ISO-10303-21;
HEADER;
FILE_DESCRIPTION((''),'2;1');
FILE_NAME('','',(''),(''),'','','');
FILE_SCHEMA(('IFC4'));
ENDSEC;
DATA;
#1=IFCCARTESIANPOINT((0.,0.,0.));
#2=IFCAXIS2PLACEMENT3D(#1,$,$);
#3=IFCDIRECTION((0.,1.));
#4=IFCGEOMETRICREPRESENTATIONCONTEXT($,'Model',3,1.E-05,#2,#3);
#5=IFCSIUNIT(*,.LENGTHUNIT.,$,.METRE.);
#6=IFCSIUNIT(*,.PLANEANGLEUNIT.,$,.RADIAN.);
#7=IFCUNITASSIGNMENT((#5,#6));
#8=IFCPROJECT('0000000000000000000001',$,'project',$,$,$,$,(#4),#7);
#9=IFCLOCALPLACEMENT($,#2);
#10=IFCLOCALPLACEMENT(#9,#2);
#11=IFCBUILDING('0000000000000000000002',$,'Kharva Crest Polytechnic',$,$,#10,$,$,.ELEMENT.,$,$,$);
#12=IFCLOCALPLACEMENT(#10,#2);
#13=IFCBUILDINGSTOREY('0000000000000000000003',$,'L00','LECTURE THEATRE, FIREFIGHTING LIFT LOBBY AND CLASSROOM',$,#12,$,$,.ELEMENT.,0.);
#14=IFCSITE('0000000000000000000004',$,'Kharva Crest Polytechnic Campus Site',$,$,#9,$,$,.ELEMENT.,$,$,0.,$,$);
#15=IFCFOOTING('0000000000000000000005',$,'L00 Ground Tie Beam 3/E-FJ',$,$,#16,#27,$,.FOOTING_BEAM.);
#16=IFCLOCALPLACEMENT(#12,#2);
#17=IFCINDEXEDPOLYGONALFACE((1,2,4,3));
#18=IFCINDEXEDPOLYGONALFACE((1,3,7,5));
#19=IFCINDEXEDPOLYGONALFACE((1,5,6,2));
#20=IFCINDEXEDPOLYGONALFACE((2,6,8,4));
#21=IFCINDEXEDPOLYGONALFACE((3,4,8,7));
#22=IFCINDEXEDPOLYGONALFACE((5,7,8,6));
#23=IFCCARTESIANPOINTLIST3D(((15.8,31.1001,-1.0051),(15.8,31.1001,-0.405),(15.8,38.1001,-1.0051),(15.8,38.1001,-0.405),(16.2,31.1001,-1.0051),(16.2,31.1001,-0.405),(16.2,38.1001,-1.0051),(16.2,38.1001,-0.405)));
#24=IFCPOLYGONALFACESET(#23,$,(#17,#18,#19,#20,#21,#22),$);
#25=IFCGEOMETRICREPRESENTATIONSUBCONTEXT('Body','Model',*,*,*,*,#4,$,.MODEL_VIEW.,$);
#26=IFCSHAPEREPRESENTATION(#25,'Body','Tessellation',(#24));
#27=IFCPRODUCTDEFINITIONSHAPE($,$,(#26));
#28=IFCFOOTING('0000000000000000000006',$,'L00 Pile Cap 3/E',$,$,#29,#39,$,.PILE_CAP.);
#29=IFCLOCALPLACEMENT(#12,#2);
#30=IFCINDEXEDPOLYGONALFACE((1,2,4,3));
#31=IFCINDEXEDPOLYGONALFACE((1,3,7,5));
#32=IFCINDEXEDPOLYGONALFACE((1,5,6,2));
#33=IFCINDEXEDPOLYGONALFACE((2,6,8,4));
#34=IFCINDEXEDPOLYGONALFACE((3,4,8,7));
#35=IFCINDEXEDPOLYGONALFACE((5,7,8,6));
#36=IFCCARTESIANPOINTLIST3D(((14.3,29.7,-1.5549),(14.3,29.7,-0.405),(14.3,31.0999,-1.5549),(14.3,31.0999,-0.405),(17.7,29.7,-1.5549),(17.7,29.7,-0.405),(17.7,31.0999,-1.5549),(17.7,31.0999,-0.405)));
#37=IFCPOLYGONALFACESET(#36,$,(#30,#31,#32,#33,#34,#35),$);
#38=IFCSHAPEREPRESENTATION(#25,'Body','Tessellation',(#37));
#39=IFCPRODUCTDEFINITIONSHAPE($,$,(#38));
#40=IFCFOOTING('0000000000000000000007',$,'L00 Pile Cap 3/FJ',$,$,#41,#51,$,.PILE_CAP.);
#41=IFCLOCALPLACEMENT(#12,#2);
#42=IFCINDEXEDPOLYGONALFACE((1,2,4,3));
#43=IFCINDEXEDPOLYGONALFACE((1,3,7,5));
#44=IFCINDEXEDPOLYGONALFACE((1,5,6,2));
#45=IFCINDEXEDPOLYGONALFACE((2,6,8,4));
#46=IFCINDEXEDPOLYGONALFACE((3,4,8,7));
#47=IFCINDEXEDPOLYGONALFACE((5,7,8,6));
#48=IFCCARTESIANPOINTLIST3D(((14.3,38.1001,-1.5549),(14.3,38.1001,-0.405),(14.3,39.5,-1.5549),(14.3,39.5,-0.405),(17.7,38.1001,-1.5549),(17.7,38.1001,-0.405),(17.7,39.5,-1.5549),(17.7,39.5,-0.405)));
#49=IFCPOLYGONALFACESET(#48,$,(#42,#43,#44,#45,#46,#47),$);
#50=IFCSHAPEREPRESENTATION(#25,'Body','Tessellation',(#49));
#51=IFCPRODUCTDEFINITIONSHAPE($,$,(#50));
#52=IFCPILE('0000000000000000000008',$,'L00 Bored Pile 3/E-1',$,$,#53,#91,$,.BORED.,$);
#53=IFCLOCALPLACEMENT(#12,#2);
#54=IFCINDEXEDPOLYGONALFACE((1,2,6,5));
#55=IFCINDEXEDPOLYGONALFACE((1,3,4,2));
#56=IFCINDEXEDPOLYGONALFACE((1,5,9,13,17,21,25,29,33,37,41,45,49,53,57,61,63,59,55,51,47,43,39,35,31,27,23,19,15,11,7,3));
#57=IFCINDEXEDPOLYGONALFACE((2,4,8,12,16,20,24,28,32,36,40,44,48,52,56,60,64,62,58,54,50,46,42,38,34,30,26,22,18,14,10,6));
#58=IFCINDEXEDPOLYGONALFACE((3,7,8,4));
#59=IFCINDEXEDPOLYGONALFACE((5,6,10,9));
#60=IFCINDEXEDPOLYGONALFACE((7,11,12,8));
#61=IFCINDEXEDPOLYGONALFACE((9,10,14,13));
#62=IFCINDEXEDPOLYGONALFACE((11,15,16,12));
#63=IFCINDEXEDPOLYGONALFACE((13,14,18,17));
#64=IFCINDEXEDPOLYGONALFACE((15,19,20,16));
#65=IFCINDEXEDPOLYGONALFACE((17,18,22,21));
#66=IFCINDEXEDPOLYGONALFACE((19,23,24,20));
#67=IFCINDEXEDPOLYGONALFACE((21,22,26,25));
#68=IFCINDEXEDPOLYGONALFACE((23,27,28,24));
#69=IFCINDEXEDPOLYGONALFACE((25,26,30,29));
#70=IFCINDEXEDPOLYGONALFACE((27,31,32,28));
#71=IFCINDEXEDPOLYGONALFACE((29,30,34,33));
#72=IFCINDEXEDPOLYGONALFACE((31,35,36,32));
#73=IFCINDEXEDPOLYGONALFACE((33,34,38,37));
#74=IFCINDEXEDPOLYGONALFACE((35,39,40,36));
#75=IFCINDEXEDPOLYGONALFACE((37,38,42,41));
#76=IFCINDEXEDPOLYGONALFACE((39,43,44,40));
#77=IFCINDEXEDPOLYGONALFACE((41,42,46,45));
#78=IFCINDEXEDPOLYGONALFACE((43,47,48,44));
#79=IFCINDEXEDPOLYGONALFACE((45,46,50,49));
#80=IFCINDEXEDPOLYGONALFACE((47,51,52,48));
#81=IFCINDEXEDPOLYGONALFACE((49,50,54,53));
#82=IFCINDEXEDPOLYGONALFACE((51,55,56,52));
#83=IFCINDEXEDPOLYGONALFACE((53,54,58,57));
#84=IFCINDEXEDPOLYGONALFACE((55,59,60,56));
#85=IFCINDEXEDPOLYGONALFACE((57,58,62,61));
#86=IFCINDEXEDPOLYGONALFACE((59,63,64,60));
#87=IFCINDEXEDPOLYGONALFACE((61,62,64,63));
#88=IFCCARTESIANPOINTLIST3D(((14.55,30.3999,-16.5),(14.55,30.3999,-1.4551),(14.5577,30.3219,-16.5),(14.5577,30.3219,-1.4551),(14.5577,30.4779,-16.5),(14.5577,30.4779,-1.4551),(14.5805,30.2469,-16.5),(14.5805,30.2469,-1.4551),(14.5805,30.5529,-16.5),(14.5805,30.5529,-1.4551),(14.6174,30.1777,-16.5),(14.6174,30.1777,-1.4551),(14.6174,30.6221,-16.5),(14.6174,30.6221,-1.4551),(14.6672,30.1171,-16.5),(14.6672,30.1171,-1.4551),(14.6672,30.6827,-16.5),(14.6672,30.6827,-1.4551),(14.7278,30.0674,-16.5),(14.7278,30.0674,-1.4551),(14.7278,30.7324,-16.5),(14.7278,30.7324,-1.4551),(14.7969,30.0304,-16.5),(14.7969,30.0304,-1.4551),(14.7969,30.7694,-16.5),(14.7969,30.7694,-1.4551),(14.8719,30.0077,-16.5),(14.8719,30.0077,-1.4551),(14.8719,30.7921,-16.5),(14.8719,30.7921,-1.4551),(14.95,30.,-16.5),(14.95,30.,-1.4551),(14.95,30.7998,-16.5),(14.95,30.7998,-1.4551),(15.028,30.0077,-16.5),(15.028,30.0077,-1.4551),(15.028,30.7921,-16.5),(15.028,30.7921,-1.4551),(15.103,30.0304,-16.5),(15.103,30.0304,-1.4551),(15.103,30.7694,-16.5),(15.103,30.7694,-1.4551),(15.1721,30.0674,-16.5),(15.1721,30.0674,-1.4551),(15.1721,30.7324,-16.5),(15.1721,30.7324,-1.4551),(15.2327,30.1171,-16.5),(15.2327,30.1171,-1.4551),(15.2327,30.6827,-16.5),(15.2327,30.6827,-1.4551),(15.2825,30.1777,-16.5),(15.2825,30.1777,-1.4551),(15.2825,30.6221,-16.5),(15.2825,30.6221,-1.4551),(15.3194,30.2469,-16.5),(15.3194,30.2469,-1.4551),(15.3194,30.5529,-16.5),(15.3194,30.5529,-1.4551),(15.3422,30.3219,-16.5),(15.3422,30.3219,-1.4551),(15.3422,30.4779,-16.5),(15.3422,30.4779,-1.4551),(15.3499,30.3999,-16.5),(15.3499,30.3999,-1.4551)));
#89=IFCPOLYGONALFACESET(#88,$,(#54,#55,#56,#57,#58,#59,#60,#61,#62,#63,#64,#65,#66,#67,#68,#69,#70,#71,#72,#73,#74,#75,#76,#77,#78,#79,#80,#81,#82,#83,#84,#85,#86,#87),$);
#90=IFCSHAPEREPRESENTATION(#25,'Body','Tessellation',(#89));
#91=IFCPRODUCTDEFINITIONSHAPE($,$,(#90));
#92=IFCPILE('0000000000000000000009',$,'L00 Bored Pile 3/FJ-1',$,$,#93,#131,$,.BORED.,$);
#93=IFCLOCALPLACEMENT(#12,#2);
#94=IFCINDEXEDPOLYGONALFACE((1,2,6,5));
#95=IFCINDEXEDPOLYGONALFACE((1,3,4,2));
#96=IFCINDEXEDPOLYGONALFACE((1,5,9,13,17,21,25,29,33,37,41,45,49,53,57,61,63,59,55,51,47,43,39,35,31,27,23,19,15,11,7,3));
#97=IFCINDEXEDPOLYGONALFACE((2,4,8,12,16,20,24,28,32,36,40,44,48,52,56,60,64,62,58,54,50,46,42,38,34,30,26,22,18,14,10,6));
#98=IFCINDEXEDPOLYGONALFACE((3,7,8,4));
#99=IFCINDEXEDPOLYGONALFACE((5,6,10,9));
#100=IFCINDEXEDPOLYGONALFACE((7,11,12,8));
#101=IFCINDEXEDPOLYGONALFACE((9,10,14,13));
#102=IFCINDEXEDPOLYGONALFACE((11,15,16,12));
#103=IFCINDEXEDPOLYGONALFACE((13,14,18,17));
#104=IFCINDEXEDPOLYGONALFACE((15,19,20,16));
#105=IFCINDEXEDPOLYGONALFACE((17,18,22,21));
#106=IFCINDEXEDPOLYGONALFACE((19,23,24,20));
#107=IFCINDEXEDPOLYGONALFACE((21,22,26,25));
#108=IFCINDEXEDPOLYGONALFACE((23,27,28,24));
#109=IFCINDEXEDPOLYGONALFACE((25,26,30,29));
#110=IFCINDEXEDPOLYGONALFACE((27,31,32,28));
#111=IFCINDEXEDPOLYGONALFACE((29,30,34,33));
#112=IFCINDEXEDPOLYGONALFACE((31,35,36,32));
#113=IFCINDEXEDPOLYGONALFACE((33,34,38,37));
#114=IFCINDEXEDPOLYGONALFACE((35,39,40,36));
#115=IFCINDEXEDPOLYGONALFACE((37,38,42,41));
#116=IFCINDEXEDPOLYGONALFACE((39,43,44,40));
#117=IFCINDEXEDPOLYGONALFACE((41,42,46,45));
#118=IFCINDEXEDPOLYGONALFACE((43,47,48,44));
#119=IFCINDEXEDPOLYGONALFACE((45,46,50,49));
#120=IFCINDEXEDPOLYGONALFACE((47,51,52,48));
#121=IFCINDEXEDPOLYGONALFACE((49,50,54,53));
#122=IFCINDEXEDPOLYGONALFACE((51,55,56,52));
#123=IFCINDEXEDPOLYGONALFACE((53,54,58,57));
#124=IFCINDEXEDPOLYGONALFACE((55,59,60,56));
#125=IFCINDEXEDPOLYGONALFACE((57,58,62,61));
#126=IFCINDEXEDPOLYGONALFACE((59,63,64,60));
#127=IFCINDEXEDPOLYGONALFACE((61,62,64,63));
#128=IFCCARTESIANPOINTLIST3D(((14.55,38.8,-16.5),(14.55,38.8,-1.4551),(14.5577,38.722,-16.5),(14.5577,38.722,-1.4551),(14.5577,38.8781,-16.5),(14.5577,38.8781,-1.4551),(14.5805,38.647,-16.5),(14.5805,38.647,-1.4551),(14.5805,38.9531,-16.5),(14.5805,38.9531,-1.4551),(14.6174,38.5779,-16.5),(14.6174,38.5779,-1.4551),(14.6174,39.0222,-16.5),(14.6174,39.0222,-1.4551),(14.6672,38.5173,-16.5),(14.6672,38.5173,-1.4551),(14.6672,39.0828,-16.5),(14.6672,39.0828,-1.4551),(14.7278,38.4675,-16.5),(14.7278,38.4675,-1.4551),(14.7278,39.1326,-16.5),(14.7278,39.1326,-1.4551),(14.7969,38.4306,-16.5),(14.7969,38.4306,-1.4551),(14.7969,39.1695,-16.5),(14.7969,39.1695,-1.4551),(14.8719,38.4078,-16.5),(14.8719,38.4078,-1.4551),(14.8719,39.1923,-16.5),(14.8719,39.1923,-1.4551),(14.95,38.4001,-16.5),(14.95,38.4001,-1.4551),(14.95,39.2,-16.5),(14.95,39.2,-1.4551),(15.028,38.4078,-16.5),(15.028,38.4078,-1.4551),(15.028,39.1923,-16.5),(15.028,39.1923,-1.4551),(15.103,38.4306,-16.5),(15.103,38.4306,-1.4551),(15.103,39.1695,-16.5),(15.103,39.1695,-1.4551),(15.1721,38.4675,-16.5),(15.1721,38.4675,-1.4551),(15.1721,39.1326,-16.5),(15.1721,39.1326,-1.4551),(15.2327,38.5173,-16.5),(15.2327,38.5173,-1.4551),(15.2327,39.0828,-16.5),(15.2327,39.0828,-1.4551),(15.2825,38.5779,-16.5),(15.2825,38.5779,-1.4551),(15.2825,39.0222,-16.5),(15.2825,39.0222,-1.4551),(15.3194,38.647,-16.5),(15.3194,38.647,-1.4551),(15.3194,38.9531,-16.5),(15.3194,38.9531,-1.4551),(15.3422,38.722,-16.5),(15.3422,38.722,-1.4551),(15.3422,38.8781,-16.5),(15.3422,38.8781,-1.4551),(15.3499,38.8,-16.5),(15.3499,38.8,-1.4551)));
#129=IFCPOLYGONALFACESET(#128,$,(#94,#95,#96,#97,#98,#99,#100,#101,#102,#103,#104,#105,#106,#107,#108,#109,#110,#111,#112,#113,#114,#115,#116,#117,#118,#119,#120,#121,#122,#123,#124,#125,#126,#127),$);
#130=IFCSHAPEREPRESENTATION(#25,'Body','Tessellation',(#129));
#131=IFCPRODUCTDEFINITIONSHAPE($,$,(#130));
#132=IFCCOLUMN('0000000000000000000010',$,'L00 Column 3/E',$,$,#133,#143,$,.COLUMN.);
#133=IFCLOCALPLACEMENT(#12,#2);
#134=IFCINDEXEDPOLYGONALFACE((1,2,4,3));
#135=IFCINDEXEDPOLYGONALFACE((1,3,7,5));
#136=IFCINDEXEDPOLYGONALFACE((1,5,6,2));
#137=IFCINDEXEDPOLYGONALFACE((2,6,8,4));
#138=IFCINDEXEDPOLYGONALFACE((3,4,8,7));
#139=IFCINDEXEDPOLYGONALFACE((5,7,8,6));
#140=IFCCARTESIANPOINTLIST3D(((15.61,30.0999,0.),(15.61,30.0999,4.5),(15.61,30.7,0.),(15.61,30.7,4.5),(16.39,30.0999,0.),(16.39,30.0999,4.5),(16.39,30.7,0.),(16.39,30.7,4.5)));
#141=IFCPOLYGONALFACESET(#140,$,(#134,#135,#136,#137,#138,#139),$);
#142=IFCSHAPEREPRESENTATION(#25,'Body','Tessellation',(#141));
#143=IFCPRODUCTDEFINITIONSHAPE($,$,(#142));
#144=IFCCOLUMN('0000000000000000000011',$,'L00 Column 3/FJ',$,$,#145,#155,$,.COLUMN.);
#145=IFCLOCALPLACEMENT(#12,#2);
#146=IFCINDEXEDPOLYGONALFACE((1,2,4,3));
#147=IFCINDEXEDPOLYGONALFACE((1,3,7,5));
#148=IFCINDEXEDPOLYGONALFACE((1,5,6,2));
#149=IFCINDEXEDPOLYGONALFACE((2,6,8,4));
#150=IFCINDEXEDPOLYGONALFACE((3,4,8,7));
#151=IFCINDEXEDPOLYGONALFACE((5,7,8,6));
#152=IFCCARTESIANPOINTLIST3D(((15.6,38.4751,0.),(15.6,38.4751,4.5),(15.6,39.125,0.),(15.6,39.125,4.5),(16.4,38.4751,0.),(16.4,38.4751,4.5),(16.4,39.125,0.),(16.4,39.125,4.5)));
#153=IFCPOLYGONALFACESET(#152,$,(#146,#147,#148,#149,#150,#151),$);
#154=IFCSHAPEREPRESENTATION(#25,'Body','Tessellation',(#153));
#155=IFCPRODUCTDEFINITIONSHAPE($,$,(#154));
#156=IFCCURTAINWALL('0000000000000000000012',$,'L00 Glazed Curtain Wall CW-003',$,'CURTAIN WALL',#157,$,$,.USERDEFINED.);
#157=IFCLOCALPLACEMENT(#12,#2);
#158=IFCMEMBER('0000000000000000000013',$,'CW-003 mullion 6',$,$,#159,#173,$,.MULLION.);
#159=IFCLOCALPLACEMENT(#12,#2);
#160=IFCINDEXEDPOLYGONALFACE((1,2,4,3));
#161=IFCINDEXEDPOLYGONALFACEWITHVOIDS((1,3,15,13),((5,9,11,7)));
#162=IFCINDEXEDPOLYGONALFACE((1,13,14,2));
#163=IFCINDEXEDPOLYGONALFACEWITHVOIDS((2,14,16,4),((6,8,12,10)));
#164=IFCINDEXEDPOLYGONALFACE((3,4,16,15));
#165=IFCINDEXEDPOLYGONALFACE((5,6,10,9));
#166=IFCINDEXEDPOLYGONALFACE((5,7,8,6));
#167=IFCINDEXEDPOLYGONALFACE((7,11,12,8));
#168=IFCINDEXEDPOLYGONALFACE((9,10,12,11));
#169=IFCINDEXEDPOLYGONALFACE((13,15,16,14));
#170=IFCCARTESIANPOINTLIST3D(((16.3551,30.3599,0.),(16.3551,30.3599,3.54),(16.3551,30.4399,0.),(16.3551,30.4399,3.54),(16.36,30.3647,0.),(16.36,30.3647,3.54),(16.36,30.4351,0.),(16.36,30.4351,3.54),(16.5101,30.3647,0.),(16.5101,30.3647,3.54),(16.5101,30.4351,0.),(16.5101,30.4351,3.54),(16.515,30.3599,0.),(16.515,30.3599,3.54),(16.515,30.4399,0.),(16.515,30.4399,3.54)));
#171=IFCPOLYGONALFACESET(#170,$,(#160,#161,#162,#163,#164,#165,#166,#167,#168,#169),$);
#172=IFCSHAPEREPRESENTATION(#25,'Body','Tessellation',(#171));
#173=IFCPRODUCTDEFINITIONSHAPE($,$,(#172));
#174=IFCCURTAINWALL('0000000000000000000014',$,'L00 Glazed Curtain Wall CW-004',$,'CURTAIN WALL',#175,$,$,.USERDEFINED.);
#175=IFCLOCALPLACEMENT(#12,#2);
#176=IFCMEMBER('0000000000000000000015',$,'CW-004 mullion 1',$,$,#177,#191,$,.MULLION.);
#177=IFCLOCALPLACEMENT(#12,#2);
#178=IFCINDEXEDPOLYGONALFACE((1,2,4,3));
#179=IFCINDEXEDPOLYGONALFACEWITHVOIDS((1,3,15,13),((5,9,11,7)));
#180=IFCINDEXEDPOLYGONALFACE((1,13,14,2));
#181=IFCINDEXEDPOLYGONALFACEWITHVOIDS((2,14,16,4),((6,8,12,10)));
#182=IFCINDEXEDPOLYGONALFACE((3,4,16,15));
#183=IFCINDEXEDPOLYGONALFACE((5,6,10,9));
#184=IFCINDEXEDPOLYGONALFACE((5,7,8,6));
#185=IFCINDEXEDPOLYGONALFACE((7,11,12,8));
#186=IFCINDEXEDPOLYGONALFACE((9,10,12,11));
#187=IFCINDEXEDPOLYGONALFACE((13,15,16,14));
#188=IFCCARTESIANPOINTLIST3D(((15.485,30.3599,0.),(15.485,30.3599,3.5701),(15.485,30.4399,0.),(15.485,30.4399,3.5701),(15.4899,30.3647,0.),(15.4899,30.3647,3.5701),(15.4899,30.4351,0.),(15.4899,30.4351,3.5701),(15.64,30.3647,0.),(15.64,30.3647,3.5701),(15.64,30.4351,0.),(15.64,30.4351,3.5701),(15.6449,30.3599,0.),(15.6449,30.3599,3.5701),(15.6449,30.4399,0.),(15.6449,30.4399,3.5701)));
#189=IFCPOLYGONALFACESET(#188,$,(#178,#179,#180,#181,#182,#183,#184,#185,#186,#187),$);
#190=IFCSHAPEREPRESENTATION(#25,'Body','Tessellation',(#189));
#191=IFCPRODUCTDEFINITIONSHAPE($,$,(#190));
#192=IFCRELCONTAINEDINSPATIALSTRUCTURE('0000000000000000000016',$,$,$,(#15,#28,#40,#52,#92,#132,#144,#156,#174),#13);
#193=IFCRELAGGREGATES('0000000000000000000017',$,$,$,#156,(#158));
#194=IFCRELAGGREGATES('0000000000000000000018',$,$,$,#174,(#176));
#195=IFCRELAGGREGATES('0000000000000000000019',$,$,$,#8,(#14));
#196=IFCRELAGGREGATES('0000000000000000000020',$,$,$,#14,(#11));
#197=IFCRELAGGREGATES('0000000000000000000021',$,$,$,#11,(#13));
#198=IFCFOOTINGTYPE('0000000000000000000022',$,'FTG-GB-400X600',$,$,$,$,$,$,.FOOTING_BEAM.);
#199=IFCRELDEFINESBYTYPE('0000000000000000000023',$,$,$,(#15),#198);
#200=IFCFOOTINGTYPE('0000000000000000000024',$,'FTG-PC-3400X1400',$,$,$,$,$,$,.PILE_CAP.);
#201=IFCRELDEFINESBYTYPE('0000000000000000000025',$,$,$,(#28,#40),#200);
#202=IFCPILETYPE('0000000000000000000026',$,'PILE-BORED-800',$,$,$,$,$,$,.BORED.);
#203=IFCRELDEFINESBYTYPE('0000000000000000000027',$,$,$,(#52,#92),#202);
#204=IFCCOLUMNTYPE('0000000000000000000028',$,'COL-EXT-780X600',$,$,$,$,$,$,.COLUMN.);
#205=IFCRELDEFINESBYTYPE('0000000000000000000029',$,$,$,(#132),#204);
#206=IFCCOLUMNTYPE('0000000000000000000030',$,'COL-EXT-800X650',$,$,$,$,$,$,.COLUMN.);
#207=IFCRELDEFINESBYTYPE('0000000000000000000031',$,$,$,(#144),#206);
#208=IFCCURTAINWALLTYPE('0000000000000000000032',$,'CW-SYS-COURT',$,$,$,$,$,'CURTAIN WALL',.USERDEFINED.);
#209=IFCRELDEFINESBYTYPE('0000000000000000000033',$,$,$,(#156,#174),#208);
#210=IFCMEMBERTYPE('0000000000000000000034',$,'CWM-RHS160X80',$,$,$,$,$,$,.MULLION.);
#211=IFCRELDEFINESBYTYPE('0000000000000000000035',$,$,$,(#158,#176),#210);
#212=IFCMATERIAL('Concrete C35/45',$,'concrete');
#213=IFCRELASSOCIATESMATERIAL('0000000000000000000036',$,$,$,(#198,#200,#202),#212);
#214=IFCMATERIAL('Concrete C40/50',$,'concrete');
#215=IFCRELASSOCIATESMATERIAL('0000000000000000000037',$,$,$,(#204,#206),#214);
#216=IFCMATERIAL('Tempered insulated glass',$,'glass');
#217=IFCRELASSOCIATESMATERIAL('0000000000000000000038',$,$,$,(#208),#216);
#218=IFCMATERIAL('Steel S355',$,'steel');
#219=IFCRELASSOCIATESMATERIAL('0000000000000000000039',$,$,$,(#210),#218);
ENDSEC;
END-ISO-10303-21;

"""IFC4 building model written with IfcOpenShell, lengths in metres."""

from ifc_helpers import new_model, si_unit, direction, frame, origin, origin_2d, place, context, subcontext, project, spatial, rectangle, hollow_rectangle, circle, extrude, material, material_profile, profile_set, type_object, element, aggregate, save


model = new_model("IFC4")

# Units and contexts
model_context = context("Model", 3, precision=1e-05, world=origin(), true_north=direction((0.0, 1.0)))
body_context = subcontext(model_context, "Body", "Model", "MODEL_VIEW")
ifc_project = project(units=[si_unit("LENGTHUNIT", "METRE"), si_unit("PLANEANGLEUNIT", "RADIAN")], contexts=[model_context])

# Site, building, storey
site_placement = place(None, origin())
site = spatial("IfcSite", under=ifc_project, at=site_placement, Name="Kharva Crest Polytechnic Campus Site", CompositionType="ELEMENT", RefElevation=0.0)
building_placement = place(site_placement, origin())
building = spatial("IfcBuilding", under=site, at=building_placement, Name="Kharva Crest Polytechnic", CompositionType="ELEMENT")
storey_placement = place(building_placement, origin())
storey = spatial("IfcBuildingStorey", under=building, at=storey_placement, Name="L00", Description="LECTURE THEATRE, FIREFIGHTING LIFT LOBBY AND CLASSROOM", CompositionType="ELEMENT", Elevation=0.0)

# Footings
ifc_material_1 = material(Name="Concrete C35/45", Category="concrete")
footing_type_1 = type_object("IfcFootingType", Name="FTG-GB-400X600", PredefinedType="FOOTING_BEAM", material=ifc_material_1)
footing_placement = place(storey_placement, frame((16.0, 34.6001, -1.0051), z_axis=(0.0, 0.0, 1.0), x_axis=(0.0, 1.0, 0.0)))
element("IfcFooting", 1, at=footing_placement, inside=storey, type_object=footing_type_1, Name="L00 Ground Tie Beam 3/E-FJ", PredefinedType="FOOTING_BEAM", context=body_context, shape_type="SweptSolid", body=[
    extrude(rectangle(XDim=7.0, YDim=0.3999, at=origin_2d()), origin(), (0.0, 0.0, 1.0), 0.6001),
])
footing_type_2 = type_object("IfcFootingType", Name="FTG-PC-3400X1400", PredefinedType="PILE_CAP", material=ifc_material_1)
for number, where, z_axis, x_axis, name in (
    (2, (16.0, 30.3999, -1.5549), (0.0, 0.0, 1.0), (1.0, 0.0, 0.0), "L00 Pile Cap 3/E"),
    (3, (16.0, 38.8, -1.5549), (0.0, 0.0, 1.0), (1.0, 0.0, 0.0), "L00 Pile Cap 3/FJ"),
):
    element("IfcFooting", number, at=place(storey_placement, frame(where, z_axis=z_axis, x_axis=x_axis)), inside=storey, type_object=footing_type_2, Name=name, PredefinedType="PILE_CAP", context=body_context, shape_type="SweptSolid", body=[
        extrude(rectangle(XDim=3.3999, YDim=1.3999, at=origin_2d()), origin(), (0.0, 0.0, 1.0), 1.1499),
    ])

# Piles
ifc_material_profile_1 = material_profile(ifc_material_1, circle(Radius=0.3999, at=origin_2d()), Name="DIA 800")
ifc_profile_set_1 = profile_set([ifc_material_profile_1], Name="Concrete C35/45")
pile_type = type_object("IfcPileType", Name="PILE-BORED-800", PredefinedType="BORED", material=ifc_profile_set_1)
for number, where, z_axis, x_axis, name in (
    (4, (14.95, 30.3999, -1.4551), (0.0, 0.0, -1.0), (1.0, 0.0, 0.0), "L00 Bored Pile 3/E-1"),
    (5, (14.95, 38.8, -1.4551), (0.0, 0.0, -1.0), (1.0, 0.0, 0.0), "L00 Bored Pile 3/FJ-1"),
):
    element("IfcPile", number, at=place(storey_placement, frame(where, z_axis=z_axis, x_axis=x_axis)), inside=storey, type_object=pile_type, Name=name, PredefinedType="BORED", context=body_context, shape_type="SweptSolid", body=[
        extrude(circle(Radius=0.3999, at=origin_2d()), origin(), (0.0, 0.0, 1.0), 15.0449),
    ])

# Columns
ifc_material_2 = material(Name="Concrete C40/50", Category="concrete")
ifc_material_profile_2 = material_profile(ifc_material_2, rectangle(XDim=0.78, YDim=0.6001, at=origin_2d()), Name="RECT 780 X 600")
ifc_profile_set_2 = profile_set([ifc_material_profile_2], Name="Concrete C40/50")
column_type_1 = type_object("IfcColumnType", Name="COL-EXT-780X600", PredefinedType="COLUMN", material=ifc_profile_set_2)
column_1_placement = place(storey_placement, frame((16.0, 30.3999, 0.0), z_axis=(0.0, 0.0, 1.0), x_axis=(1.0, 0.0, 0.0)))
element("IfcColumn", 6, at=column_1_placement, inside=storey, type_object=column_type_1, Name="L00 Column 3/E", PredefinedType="COLUMN", context=body_context, shape_type="SweptSolid", body=[
    extrude(rectangle(XDim=0.78, YDim=0.6001, at=origin_2d()), origin(), (0.0, 0.0, 1.0), 4.5),
])
ifc_material_profile_3 = material_profile(ifc_material_2, rectangle(XDim=0.8, YDim=0.6499, at=origin_2d()), Name="RECT 800 X 650")
ifc_profile_set_3 = profile_set([ifc_material_profile_3], Name="Concrete C40/50")
column_type_2 = type_object("IfcColumnType", Name="COL-EXT-800X650", PredefinedType="COLUMN", material=ifc_profile_set_3)
column_2_placement = place(storey_placement, frame((16.0, 38.8, 0.0), z_axis=(0.0, 0.0, 1.0), x_axis=(1.0, 0.0, 0.0)))
element("IfcColumn", 7, at=column_2_placement, inside=storey, type_object=column_type_2, Name="L00 Column 3/FJ", PredefinedType="COLUMN", context=body_context, shape_type="SweptSolid", body=[
    extrude(rectangle(XDim=0.8, YDim=0.6499, at=origin_2d()), origin(), (0.0, 0.0, 1.0), 4.5),
])

# Curtain wall, member
ifc_material_3 = material(Name="Tempered insulated glass", Category="glass")
curtain_wall_type = type_object("IfcCurtainWallType", Name="CW-SYS-COURT", ElementType="CURTAIN WALL", PredefinedType="USERDEFINED", material=ifc_material_3)
curtain_wall_1_placement = place(storey_placement, origin())
curtain_wall_1 = element("IfcCurtainWall", 8, at=curtain_wall_1_placement, inside=storey, type_object=curtain_wall_type, Name="L00 Glazed Curtain Wall CW-003", ObjectType="CURTAIN WALL", PredefinedType="USERDEFINED")
ifc_material_4 = material(Name="Steel S355", Category="steel")
ifc_material_profile_4 = material_profile(ifc_material_4, hollow_rectangle(XDim=0.0801, YDim=0.1599, WallThickness=0.0049, at=origin_2d()), Name="RHS 160X80X5.0")
ifc_profile_set_4 = profile_set([ifc_material_profile_4], Name="Steel S355")
member_type_1 = type_object("IfcMemberType", Name="CWM-RHS160X80", PredefinedType="MULLION", material=ifc_profile_set_4)
member_1_placement = place(storey_placement, frame((16.4351, 30.3999, 0.0), z_axis=(0.0, 0.0, 1.0), x_axis=(0.0, -1.0, 0.0)))
member_1 = element("IfcMember", 9, at=member_1_placement, type_object=member_type_1, Name="CW-003 mullion 6", PredefinedType="MULLION", context=body_context, shape_type="SweptSolid", body=[
    extrude(hollow_rectangle(XDim=0.0801, YDim=0.1599, WallThickness=0.0049, at=origin_2d()), origin(), (0.0, 0.0, 1.0), 3.54),
])
aggregate(curtain_wall_1, [member_1])

# Curtain wall, member
curtain_wall_2_placement = place(storey_placement, origin())
curtain_wall_2 = element("IfcCurtainWall", 10, at=curtain_wall_2_placement, inside=storey, type_object=curtain_wall_type, Name="L00 Glazed Curtain Wall CW-004", ObjectType="CURTAIN WALL", PredefinedType="USERDEFINED")
member_2_placement = place(storey_placement, frame((15.5649, 30.3999, 0.0), z_axis=(0.0, 0.0, 1.0), x_axis=(0.0, -1.0, 0.0)))
member_2 = element("IfcMember", 11, at=member_2_placement, type_object=member_type_1, Name="CW-004 mullion 1", PredefinedType="MULLION", context=body_context, shape_type="SweptSolid", body=[
    extrude(hollow_rectangle(XDim=0.0801, YDim=0.1599, WallThickness=0.0049, at=origin_2d()), origin(), (0.0, 0.0, 1.0), 3.5701),
])

aggregate(curtain_wall_2, [member_2])

save(model, "model.ifc")
